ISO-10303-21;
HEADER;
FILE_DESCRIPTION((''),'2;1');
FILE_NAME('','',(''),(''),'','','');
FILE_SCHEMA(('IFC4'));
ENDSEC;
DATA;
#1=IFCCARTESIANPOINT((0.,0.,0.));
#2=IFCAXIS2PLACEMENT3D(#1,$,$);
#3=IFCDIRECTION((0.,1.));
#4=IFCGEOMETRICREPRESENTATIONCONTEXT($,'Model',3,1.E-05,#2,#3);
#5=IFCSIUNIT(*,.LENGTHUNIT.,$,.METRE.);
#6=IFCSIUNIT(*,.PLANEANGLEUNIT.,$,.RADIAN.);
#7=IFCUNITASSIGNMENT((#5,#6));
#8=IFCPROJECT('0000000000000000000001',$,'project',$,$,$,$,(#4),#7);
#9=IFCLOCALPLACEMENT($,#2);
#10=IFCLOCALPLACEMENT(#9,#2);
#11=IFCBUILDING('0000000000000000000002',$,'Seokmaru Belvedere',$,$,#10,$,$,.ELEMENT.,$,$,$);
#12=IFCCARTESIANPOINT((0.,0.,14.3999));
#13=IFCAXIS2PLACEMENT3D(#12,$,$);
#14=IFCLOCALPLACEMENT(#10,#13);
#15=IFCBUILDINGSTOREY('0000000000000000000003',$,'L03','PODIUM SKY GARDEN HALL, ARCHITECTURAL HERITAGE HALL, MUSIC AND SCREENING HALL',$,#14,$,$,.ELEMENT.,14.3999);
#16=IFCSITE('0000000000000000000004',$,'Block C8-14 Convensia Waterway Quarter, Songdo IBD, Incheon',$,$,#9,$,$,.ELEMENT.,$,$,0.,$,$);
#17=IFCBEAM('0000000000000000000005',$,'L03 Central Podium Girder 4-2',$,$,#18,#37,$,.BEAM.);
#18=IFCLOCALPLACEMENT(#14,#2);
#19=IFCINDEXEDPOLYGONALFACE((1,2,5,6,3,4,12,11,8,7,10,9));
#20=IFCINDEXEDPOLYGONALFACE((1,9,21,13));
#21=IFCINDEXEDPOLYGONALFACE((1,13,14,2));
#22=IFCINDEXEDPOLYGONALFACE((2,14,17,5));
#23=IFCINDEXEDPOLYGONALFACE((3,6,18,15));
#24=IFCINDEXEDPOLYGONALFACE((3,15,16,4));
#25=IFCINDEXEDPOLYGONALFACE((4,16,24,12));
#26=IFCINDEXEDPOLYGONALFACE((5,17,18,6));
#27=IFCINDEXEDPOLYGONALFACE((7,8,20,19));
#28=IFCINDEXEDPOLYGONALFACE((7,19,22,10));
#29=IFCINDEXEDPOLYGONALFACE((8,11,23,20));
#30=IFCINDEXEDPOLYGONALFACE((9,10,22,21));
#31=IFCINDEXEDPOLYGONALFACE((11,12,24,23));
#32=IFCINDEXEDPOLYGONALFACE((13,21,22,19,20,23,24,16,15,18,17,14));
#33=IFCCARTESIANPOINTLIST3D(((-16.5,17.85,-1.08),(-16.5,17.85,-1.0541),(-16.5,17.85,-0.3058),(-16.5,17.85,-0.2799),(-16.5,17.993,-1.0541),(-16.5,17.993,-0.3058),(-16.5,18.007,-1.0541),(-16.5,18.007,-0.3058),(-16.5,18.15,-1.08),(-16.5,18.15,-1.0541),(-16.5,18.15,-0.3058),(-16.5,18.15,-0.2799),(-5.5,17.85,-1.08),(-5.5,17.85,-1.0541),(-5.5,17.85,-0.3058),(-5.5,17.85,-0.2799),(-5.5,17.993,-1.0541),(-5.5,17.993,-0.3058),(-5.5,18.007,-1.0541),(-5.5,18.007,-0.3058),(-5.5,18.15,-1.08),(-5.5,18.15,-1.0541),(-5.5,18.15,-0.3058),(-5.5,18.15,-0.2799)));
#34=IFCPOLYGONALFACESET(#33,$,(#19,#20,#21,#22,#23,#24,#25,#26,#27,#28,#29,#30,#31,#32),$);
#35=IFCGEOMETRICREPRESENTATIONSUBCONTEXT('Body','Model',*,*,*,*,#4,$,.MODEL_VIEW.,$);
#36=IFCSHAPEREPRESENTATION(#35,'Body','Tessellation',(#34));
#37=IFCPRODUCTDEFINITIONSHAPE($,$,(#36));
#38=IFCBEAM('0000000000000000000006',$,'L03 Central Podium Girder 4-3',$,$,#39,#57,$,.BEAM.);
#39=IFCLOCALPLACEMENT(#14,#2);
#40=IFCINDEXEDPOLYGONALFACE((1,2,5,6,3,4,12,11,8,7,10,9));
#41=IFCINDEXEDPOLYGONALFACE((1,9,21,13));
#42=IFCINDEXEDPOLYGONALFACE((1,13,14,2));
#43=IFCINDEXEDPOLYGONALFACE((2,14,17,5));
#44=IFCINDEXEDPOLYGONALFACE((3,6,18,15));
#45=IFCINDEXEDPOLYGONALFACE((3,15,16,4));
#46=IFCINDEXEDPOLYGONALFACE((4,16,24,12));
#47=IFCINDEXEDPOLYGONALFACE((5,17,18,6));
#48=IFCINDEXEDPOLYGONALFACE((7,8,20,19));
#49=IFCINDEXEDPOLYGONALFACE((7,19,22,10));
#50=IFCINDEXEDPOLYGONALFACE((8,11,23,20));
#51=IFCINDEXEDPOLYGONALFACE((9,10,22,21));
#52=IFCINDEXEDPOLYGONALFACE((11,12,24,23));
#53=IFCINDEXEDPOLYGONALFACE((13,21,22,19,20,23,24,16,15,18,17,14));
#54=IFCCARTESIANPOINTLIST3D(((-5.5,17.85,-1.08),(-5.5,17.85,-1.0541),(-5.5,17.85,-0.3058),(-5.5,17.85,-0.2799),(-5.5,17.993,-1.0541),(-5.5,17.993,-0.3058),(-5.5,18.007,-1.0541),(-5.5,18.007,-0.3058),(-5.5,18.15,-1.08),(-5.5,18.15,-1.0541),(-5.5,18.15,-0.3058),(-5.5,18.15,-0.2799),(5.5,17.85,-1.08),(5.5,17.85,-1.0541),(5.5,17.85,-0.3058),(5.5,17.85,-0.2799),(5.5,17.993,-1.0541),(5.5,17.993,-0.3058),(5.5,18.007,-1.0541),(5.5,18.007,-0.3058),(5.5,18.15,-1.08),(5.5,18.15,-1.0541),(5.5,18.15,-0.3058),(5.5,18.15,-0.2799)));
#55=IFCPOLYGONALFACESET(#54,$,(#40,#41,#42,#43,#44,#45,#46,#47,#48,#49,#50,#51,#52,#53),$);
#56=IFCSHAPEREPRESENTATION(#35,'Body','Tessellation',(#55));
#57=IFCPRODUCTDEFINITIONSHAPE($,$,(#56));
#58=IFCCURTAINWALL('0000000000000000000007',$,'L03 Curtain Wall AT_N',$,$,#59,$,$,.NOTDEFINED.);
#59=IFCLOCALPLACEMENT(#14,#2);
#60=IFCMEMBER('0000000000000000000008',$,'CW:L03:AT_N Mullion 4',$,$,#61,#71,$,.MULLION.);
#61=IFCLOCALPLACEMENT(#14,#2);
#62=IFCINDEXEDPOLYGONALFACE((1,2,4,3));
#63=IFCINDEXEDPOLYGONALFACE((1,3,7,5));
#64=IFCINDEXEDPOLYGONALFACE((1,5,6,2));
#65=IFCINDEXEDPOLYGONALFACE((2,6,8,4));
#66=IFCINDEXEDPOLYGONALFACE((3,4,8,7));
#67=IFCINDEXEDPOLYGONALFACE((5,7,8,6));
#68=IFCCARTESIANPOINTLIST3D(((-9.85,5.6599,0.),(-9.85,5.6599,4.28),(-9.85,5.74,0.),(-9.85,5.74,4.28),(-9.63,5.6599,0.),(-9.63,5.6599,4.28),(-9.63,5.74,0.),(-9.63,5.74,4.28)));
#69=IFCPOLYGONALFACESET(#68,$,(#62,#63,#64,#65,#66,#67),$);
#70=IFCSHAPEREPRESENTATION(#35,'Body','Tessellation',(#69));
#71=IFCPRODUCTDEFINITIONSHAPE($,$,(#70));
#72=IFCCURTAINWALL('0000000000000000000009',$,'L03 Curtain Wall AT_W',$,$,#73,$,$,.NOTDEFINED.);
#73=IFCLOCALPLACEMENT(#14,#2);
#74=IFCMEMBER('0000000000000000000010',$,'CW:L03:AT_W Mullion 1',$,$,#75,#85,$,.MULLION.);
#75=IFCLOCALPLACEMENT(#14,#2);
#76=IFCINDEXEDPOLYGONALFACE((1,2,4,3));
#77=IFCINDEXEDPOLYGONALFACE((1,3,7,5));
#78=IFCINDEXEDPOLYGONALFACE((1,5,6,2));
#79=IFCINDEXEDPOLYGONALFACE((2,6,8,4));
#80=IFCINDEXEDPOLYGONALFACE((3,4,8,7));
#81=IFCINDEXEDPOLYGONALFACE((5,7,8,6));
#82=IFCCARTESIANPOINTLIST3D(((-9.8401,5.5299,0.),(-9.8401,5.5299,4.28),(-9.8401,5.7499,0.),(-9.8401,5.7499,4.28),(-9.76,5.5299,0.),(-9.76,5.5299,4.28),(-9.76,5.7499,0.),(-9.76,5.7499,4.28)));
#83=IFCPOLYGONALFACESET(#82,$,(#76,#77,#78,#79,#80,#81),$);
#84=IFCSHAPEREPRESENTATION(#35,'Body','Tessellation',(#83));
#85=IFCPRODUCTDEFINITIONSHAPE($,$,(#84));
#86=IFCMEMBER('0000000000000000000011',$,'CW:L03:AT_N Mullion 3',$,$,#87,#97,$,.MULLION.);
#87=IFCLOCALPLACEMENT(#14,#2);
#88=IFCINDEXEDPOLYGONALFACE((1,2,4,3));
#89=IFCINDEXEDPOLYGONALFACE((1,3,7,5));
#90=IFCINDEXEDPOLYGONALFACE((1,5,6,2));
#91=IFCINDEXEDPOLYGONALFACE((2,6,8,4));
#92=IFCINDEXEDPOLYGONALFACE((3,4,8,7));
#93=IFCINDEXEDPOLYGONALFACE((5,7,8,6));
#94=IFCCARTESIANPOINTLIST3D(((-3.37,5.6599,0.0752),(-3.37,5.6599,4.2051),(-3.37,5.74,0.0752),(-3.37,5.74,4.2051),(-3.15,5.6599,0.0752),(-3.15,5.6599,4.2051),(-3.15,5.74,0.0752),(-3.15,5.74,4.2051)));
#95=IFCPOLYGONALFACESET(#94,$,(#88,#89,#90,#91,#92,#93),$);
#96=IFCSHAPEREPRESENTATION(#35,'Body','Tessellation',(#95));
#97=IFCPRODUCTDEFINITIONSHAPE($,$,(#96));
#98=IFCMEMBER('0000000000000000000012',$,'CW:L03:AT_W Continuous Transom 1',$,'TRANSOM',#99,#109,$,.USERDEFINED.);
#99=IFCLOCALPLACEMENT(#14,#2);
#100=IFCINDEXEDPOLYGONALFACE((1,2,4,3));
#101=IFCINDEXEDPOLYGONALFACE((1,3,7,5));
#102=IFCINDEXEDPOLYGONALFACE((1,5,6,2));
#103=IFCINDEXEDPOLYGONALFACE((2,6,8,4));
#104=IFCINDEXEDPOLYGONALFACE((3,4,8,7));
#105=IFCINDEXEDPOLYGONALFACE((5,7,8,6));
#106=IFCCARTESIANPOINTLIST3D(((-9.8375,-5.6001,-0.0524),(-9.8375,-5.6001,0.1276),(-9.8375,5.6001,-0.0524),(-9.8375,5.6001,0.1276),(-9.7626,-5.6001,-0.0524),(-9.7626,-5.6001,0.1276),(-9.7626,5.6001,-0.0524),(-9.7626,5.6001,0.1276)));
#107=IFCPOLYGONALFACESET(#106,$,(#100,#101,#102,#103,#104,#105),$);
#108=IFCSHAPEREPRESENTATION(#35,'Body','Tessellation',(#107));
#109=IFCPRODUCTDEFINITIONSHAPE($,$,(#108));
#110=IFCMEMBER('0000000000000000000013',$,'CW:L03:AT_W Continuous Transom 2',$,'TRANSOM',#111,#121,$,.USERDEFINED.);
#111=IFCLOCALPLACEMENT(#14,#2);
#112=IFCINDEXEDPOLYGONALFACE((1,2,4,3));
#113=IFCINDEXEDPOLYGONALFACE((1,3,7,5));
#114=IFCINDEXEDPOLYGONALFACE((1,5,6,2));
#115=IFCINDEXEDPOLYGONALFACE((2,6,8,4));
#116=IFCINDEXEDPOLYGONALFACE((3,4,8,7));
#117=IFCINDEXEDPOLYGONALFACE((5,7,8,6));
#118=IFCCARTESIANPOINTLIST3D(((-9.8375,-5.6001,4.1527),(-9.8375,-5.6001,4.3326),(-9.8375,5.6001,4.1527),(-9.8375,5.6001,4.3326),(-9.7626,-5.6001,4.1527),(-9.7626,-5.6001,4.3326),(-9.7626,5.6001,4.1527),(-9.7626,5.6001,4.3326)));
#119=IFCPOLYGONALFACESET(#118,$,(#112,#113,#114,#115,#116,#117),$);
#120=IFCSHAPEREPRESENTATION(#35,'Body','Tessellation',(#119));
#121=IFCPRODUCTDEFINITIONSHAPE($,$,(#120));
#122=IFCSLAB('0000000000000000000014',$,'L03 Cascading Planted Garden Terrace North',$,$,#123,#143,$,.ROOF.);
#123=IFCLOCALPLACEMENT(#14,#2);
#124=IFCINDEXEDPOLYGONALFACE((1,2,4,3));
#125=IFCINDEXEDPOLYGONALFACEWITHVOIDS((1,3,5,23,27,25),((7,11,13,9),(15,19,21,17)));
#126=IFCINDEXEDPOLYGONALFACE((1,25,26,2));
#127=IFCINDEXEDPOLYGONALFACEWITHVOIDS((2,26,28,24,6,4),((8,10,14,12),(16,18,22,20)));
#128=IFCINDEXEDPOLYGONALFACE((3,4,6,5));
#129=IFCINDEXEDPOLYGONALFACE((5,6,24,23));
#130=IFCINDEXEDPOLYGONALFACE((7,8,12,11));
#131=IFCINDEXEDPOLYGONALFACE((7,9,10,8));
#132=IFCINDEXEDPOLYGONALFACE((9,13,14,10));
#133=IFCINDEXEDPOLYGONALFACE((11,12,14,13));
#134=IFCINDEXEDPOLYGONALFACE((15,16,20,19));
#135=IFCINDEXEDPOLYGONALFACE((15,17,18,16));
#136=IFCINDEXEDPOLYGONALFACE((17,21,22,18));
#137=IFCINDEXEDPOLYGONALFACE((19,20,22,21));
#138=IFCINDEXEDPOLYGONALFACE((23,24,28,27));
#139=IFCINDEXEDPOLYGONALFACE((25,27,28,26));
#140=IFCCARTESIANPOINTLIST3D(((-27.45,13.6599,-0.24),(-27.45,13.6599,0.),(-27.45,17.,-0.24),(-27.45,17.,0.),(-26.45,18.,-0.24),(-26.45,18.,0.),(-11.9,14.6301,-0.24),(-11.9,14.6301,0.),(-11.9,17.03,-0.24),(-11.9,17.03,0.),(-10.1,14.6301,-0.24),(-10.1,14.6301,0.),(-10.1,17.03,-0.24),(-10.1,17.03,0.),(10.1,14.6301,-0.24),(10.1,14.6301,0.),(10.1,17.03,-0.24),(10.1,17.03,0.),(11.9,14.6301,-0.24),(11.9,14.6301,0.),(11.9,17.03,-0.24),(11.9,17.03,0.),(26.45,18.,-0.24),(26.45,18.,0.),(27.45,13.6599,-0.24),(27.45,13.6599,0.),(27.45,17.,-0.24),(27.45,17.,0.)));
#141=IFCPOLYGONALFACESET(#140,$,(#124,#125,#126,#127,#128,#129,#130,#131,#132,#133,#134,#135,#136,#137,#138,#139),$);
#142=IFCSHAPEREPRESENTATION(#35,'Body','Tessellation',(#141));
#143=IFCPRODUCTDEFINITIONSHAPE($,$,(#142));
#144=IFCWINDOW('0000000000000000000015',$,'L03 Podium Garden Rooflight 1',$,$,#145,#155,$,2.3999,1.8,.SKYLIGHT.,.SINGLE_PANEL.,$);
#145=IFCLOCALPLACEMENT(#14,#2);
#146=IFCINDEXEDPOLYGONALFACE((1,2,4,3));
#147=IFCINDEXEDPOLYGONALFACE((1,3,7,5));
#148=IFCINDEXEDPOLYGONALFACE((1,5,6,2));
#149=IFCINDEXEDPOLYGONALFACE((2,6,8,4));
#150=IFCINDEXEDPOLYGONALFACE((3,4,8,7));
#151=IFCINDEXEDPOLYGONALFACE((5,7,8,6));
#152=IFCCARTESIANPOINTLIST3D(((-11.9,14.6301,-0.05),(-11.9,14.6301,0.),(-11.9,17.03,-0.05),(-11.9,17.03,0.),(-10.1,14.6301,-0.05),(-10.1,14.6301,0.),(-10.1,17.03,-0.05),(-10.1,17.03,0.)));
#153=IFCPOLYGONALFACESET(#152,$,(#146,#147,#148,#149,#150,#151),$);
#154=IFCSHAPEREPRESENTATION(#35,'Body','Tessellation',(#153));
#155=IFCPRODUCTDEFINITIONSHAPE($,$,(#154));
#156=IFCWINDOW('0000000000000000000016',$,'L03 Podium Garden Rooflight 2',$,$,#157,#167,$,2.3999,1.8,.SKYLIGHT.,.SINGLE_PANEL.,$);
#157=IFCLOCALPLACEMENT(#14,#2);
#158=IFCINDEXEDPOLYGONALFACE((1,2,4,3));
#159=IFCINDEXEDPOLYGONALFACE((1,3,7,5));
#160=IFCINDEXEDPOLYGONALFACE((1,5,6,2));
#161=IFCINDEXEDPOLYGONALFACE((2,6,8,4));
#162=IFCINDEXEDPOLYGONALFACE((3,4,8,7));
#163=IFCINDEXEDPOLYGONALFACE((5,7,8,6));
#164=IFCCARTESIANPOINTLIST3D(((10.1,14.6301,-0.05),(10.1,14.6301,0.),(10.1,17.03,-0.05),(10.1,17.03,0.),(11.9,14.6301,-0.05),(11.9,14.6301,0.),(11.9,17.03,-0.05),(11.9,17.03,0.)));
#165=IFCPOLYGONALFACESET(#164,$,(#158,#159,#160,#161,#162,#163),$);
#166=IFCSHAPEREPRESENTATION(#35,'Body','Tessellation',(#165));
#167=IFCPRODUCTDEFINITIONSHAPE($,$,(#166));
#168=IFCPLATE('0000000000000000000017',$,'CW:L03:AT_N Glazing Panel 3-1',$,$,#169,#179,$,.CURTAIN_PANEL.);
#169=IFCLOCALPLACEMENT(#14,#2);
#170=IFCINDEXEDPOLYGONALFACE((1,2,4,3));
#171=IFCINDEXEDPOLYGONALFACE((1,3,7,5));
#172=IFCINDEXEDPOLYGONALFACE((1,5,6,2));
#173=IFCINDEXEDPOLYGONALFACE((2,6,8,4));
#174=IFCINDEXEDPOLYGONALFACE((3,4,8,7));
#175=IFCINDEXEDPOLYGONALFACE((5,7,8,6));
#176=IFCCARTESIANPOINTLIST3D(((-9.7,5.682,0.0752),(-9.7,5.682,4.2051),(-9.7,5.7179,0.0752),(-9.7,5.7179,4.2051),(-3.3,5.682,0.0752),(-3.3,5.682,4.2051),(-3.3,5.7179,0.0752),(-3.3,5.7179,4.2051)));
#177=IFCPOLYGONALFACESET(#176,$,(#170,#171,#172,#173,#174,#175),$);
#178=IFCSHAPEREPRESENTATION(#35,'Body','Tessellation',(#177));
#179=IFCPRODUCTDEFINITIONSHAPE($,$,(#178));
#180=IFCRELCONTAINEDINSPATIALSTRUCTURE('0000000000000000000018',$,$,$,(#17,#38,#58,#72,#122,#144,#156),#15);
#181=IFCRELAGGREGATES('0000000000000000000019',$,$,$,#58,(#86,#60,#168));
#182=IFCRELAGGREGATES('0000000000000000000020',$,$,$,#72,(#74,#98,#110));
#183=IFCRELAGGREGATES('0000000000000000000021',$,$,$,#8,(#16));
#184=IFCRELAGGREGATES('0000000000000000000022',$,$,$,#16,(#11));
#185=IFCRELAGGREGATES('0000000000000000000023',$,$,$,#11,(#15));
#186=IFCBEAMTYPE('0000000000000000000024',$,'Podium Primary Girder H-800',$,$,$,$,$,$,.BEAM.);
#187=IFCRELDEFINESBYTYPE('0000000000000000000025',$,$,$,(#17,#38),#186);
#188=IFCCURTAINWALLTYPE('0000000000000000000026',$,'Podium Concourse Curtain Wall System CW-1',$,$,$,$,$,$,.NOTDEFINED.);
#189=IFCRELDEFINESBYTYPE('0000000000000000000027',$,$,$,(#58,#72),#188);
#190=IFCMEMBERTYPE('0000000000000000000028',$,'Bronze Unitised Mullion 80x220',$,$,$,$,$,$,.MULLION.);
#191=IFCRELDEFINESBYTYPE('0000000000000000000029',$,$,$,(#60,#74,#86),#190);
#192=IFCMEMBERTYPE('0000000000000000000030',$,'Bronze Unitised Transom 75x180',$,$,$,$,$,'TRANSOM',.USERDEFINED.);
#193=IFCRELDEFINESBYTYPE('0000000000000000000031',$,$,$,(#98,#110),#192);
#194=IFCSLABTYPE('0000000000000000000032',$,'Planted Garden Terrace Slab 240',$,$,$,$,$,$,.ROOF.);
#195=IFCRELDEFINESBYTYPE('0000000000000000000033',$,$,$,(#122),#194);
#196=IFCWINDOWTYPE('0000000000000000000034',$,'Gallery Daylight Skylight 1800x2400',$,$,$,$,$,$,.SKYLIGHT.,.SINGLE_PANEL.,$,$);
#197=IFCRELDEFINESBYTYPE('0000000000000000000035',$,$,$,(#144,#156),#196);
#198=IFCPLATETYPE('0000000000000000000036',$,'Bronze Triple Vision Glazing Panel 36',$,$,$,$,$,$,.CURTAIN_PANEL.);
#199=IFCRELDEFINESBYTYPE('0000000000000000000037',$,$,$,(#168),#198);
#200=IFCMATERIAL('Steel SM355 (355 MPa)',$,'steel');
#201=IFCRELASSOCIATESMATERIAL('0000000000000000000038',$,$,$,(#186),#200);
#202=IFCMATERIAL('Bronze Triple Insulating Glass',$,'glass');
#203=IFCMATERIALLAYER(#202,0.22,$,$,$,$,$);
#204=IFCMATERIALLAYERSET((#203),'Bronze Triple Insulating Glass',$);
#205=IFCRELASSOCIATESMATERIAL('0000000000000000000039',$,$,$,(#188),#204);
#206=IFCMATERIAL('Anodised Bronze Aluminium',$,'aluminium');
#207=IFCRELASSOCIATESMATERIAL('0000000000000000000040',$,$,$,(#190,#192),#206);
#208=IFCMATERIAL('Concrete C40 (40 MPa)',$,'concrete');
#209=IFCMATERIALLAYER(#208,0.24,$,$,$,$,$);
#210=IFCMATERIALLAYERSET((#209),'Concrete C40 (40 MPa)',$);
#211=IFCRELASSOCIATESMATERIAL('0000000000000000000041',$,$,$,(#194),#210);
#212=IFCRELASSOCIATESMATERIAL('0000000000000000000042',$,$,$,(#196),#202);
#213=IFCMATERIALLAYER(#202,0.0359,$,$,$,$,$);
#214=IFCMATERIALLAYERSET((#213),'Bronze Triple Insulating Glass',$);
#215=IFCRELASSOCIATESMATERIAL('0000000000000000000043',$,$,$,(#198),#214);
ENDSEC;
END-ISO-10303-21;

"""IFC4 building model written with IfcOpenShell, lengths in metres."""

from ifc_helpers import new_model, si_unit, direction, frame, origin, origin_2d, place, context, subcontext, project, spatial, polyline, rectangle, i_section, outline, extrude, source, transform, mapped, material, layer, layer_set, material_profile, profile_set, type_object, type_shapes, element, fill, aggregate, save


model = new_model("IFC4")

# Units and contexts
model_context = context("Model", 3, precision=1e-05, world=origin(), true_north=direction((0.0, 1.0)))
body_context = subcontext(model_context, "Body", "Model", "MODEL_VIEW")
ifc_project = project(units=[si_unit("LENGTHUNIT", "METRE"), si_unit("PLANEANGLEUNIT", "RADIAN")], contexts=[model_context])

# Site, building, storey
site_placement = place(None, origin())
site = spatial("IfcSite", under=ifc_project, at=site_placement, Name="Block C8-14 Convensia Waterway Quarter, Songdo IBD, Incheon", CompositionType="ELEMENT", RefElevation=0.0)
building_placement = place(site_placement, origin())
building = spatial("IfcBuilding", under=site, at=building_placement, Name="Seokmaru Belvedere", CompositionType="ELEMENT")
storey_placement = place(building_placement, frame((0.0, 0.0, 14.3999)))
storey = spatial("IfcBuildingStorey", under=building, at=storey_placement, Name="L03", Description="PODIUM SKY GARDEN HALL, ARCHITECTURAL HERITAGE HALL, MUSIC AND SCREENING HALL", CompositionType="ELEMENT", Elevation=14.3999)

# Shared definitions
ifc_material_1 = material(Name="Steel SM355 (355 MPa)", Category="steel")

# Beams
ifc_material_profile_1 = material_profile(ifc_material_1, i_section(OverallWidth=0.3, OverallDepth=0.8, WebThickness=0.0139, FlangeThickness=0.0259, at=origin_2d()), Name="H-800x300x14x26")
ifc_profile_set_1 = profile_set([ifc_material_profile_1], Name="Steel SM355 (355 MPa)")
beam_type_1 = type_object("IfcBeamType", Name="Podium Primary Girder H-800", PredefinedType="BEAM", material=ifc_profile_set_1)
shared_shape_1 = source(origin(), body_context, "Body", "SweptSolid", [
    extrude(i_section(OverallWidth=0.3, OverallDepth=0.8, WebThickness=0.0139, FlangeThickness=0.0259, at=origin_2d()), origin(), (0.0, 0.0, 1.0), 11.0),
])
for number, where, z_axis, x_axis, name in (
    (1, (-16.5, 18.0, -0.6799), (1.0, 0.0, 0.0), (0.0, 1.0, 0.0), "L03 Central Podium Girder 4-2"),
    (2, (-5.5, 18.0, -0.6799), (1.0, 0.0, 0.0), (0.0, 1.0, 0.0), "L03 Central Podium Girder 4-3"),
):
    element("IfcBeam", number, at=place(storey_placement, frame(where, z_axis=z_axis, x_axis=x_axis)), inside=storey, type_object=beam_type_1, Name=name, PredefinedType="BEAM", context=body_context, shape_type="MappedRepresentation", body=[
        mapped(shared_shape_1, transform((0.0, 0.0, 0.0), scale=1.0)),
    ])

# Curtain walls, members
ifc_material_2 = material(Name="Bronze Triple Insulating Glass", Category="glass")
ifc_layer_1 = layer(ifc_material_2, 0.22)
ifc_layer_set_1 = layer_set([ifc_layer_1], Name="Bronze Triple Insulating Glass")
curtain_wall_type = type_object("IfcCurtainWallType", Name="Podium Concourse Curtain Wall System CW-1", PredefinedType="NOTDEFINED", material=ifc_layer_set_1)
curtain_wall_1_placement = place(storey_placement, origin())
curtain_wall_1 = element("IfcCurtainWall", 3, at=curtain_wall_1_placement, inside=storey, type_object=curtain_wall_type, Name="L03 Curtain Wall AT_N", PredefinedType="NOTDEFINED")
ifc_material_3 = material(Name="Anodised Bronze Aluminium", Category="aluminium")
ifc_material_profile_2 = material_profile(ifc_material_3, rectangle(XDim=0.0801, YDim=0.22, at=origin_2d()), Name="CW-M-80x220")
ifc_profile_set_2 = profile_set([ifc_material_profile_2], Name="Anodised Bronze Aluminium")
member_type_1 = type_object("IfcMemberType", Name="Bronze Unitised Mullion 80x220", PredefinedType="MULLION", material=ifc_profile_set_2)
shared_shape_2 = source(origin(), body_context, "Body", "SweptSolid", [
    extrude(rectangle(XDim=0.0801, YDim=0.22, at=origin_2d()), origin(), (0.0, 0.0, 1.0), 4.28),
])
member_1_placement = place(storey_placement, frame((-9.74, 5.7, 0.0), z_axis=(0.0, 0.0, 1.0), x_axis=(0.0, -1.0, 0.0)))
member_1 = element("IfcMember", 4, at=member_1_placement, type_object=member_type_1, Name="CW:L03:AT_N Mullion 4", PredefinedType="MULLION", context=body_context, shape_type="MappedRepresentation", body=[
    mapped(shared_shape_2, transform((0.0, 0.0, 0.0), scale=1.0)),
])
curtain_wall_2_placement = place(storey_placement, origin())
curtain_wall_2 = element("IfcCurtainWall", 5, at=curtain_wall_2_placement, inside=storey, type_object=curtain_wall_type, Name="L03 Curtain Wall AT_W", PredefinedType="NOTDEFINED")
member_2_placement = place(storey_placement, frame((-9.8, 5.6399, 0.0), z_axis=(0.0, 0.0, 1.0), x_axis=(1.0, 0.0, 0.0)))
member_2 = element("IfcMember", 6, at=member_2_placement, type_object=member_type_1, Name="CW:L03:AT_W Mullion 1", PredefinedType="MULLION", context=body_context, shape_type="MappedRepresentation", body=[
    mapped(shared_shape_2, transform((0.0, 0.0, 0.0), scale=1.0)),
])

# Members
shared_shape_3 = source(origin(), body_context, "Body", "SweptSolid", [
    extrude(rectangle(XDim=0.0801, YDim=0.22, at=origin_2d()), origin(), (0.0, 0.0, 1.0), 4.1299),
])
type_shapes(member_type_1, [shared_shape_2, shared_shape_3])
member_3_placement = place(storey_placement, frame((-3.26, 5.7, 0.0752), z_axis=(0.0, 0.0, 1.0), x_axis=(0.0, -1.0, 0.0)))
member_3 = element("IfcMember", 7, at=member_3_placement, type_object=member_type_1, Name="CW:L03:AT_N Mullion 3", PredefinedType="MULLION", context=body_context, shape_type="MappedRepresentation", body=[
    mapped(shared_shape_3, transform((0.0, 0.0, 0.0), scale=1.0)),
])
ifc_material_profile_3 = material_profile(ifc_material_3, rectangle(XDim=0.075, YDim=0.1799, at=origin_2d()), Name="CW-T-75x180")
ifc_profile_set_3 = profile_set([ifc_material_profile_3], Name="Anodised Bronze Aluminium")
member_type_2 = type_object("IfcMemberType", Name="Bronze Unitised Transom 75x180", ElementType="TRANSOM", PredefinedType="USERDEFINED", material=ifc_profile_set_3)
shared_shape_4 = source(origin(), body_context, "Body", "SweptSolid", [
    extrude(rectangle(XDim=0.075, YDim=0.1799, at=origin_2d()), origin(), (0.0, 0.0, 1.0), 11.2002),
])
type_shapes(member_type_2, [shared_shape_4])
member_4_placement = place(storey_placement, frame((-9.8, 5.6001, 0.0376), z_axis=(0.0, -1.0, 0.0), x_axis=(1.0, 0.0, 0.0)))
member_4 = element("IfcMember", 8, at=member_4_placement, type_object=member_type_2, Name="CW:L03:AT_W Continuous Transom 1", ObjectType="TRANSOM", PredefinedType="USERDEFINED", context=body_context, shape_type="MappedRepresentation", body=[
    mapped(shared_shape_4, transform((0.0, 0.0, 0.0), scale=1.0)),
])
member_5_placement = place(storey_placement, frame((-9.8, 5.6001, 4.2427), z_axis=(0.0, -1.0, 0.0), x_axis=(1.0, 0.0, 0.0)))
member_5 = element("IfcMember", 9, at=member_5_placement, type_object=member_type_2, Name="CW:L03:AT_W Continuous Transom 2", ObjectType="TRANSOM", PredefinedType="USERDEFINED", context=body_context, shape_type="MappedRepresentation", body=[
    mapped(shared_shape_4, transform((0.0, 0.0, 0.0), scale=1.0)),
])

# Slab, openings, windows
ifc_material_4 = material(Name="Concrete C40 (40 MPa)", Category="concrete")
ifc_layer_2 = layer(ifc_material_4, 0.24)
ifc_layer_set_2 = layer_set([ifc_layer_2], Name="Concrete C40 (40 MPa)")
slab_type = type_object("IfcSlabType", Name="Planted Garden Terrace Slab 240", PredefinedType="ROOF", material=ifc_layer_set_2)
slab_placement = place(storey_placement, frame((0.0, 0.0, -0.24)))
slab = element("IfcSlab", 10, at=slab_placement, inside=storey, type_object=slab_type, Name="L03 Cascading Planted Garden Terrace North", PredefinedType="ROOF", context=body_context, shape_type="SweptSolid", body=[
    extrude(outline(polyline([(-27.45, 13.6599), (27.45, 13.6599), (27.45, 17.0), (26.45, 18.0), (-26.45, 18.0), (-27.45, 17.0), (-27.45, 13.6599)])), origin(), (0.0, 0.0, 1.0), 0.24),
])
opening_1_placement = place(slab_placement, frame((-11.0, 15.8301, -0.01)))
opening_1 = element("IfcOpeningElement", 11, at=opening_1_placement, cuts=slab, PredefinedType="OPENING", context=body_context, shape_type="SweptSolid", body=[
    extrude(rectangle(XDim=1.8, YDim=2.3999, at=origin_2d()), origin(), (0.0, 0.0, 1.0), 0.26),
])
opening_2_placement = place(slab_placement, frame((11.0, 15.8301, -0.01)))
opening_2 = element("IfcOpeningElement", 12, at=opening_2_placement, cuts=slab, PredefinedType="OPENING", context=body_context, shape_type="SweptSolid", body=[
    extrude(rectangle(XDim=1.8, YDim=2.3999, at=origin_2d()), origin(), (0.0, 0.0, 1.0), 0.26),
])
window_type = type_object("IfcWindowType", Name="Gallery Daylight Skylight 1800x2400", PartitioningType="SINGLE_PANEL", PredefinedType="SKYLIGHT", material=ifc_material_2)
window_1_placement = place(opening_1_placement, frame((0.0, 0.0, 0.2)))
window_1 = element("IfcWindow", 13, at=window_1_placement, inside=storey, type_object=window_type, Name="L03 Podium Garden Rooflight 1", OverallHeight=2.3999, OverallWidth=1.8, PartitioningType="SINGLE_PANEL", PredefinedType="SKYLIGHT", context=body_context, shape_type="SweptSolid", body=[
    extrude(rectangle(XDim=1.8, YDim=2.3999, at=origin_2d()), origin(), (0.0, 0.0, 1.0), 0.05),
])
fill(opening_1, window_1)
window_2_placement = place(opening_2_placement, frame((0.0, 0.0, 0.2)))
window_2 = element("IfcWindow", 14, at=window_2_placement, inside=storey, type_object=window_type, Name="L03 Podium Garden Rooflight 2", OverallHeight=2.3999, OverallWidth=1.8, PartitioningType="SINGLE_PANEL", PredefinedType="SKYLIGHT", context=body_context, shape_type="SweptSolid", body=[
    extrude(rectangle(XDim=1.8, YDim=2.3999, at=origin_2d()), origin(), (0.0, 0.0, 1.0), 0.05),
])
fill(opening_2, window_2)

# Plate
ifc_layer_3 = layer(ifc_material_2, 0.0359)
ifc_layer_set_3 = layer_set([ifc_layer_3], Name="Bronze Triple Insulating Glass")
plate_type = type_object("IfcPlateType", Name="Bronze Triple Vision Glazing Panel 36", PredefinedType="CURTAIN_PANEL", material=ifc_layer_set_3)
shared_shape_5 = source(origin(), body_context, "Body", "SweptSolid", [
    extrude(rectangle(XDim=6.3999, YDim=0.0359, at=origin_2d()), origin(), (0.0, 0.0, 1.0), 4.1299),
])
plate_1_placement = place(storey_placement, frame((-6.5, 5.7, 0.0752), z_axis=(0.0, 0.0, 1.0), x_axis=(-1.0, 0.0, 0.0)))
plate_1 = element("IfcPlate", 15, at=plate_1_placement, type_object=plate_type, Name="CW:L03:AT_N Glazing Panel 3-1", PredefinedType="CURTAIN_PANEL", context=body_context, shape_type="MappedRepresentation", body=[
    mapped(shared_shape_5, transform((0.0, 0.0, 0.0), scale=1.0)),
])
aggregate(curtain_wall_1, [member_3, member_1, plate_1])
aggregate(curtain_wall_2, [member_2, member_4, member_5])

save(model, "model.ifc")
